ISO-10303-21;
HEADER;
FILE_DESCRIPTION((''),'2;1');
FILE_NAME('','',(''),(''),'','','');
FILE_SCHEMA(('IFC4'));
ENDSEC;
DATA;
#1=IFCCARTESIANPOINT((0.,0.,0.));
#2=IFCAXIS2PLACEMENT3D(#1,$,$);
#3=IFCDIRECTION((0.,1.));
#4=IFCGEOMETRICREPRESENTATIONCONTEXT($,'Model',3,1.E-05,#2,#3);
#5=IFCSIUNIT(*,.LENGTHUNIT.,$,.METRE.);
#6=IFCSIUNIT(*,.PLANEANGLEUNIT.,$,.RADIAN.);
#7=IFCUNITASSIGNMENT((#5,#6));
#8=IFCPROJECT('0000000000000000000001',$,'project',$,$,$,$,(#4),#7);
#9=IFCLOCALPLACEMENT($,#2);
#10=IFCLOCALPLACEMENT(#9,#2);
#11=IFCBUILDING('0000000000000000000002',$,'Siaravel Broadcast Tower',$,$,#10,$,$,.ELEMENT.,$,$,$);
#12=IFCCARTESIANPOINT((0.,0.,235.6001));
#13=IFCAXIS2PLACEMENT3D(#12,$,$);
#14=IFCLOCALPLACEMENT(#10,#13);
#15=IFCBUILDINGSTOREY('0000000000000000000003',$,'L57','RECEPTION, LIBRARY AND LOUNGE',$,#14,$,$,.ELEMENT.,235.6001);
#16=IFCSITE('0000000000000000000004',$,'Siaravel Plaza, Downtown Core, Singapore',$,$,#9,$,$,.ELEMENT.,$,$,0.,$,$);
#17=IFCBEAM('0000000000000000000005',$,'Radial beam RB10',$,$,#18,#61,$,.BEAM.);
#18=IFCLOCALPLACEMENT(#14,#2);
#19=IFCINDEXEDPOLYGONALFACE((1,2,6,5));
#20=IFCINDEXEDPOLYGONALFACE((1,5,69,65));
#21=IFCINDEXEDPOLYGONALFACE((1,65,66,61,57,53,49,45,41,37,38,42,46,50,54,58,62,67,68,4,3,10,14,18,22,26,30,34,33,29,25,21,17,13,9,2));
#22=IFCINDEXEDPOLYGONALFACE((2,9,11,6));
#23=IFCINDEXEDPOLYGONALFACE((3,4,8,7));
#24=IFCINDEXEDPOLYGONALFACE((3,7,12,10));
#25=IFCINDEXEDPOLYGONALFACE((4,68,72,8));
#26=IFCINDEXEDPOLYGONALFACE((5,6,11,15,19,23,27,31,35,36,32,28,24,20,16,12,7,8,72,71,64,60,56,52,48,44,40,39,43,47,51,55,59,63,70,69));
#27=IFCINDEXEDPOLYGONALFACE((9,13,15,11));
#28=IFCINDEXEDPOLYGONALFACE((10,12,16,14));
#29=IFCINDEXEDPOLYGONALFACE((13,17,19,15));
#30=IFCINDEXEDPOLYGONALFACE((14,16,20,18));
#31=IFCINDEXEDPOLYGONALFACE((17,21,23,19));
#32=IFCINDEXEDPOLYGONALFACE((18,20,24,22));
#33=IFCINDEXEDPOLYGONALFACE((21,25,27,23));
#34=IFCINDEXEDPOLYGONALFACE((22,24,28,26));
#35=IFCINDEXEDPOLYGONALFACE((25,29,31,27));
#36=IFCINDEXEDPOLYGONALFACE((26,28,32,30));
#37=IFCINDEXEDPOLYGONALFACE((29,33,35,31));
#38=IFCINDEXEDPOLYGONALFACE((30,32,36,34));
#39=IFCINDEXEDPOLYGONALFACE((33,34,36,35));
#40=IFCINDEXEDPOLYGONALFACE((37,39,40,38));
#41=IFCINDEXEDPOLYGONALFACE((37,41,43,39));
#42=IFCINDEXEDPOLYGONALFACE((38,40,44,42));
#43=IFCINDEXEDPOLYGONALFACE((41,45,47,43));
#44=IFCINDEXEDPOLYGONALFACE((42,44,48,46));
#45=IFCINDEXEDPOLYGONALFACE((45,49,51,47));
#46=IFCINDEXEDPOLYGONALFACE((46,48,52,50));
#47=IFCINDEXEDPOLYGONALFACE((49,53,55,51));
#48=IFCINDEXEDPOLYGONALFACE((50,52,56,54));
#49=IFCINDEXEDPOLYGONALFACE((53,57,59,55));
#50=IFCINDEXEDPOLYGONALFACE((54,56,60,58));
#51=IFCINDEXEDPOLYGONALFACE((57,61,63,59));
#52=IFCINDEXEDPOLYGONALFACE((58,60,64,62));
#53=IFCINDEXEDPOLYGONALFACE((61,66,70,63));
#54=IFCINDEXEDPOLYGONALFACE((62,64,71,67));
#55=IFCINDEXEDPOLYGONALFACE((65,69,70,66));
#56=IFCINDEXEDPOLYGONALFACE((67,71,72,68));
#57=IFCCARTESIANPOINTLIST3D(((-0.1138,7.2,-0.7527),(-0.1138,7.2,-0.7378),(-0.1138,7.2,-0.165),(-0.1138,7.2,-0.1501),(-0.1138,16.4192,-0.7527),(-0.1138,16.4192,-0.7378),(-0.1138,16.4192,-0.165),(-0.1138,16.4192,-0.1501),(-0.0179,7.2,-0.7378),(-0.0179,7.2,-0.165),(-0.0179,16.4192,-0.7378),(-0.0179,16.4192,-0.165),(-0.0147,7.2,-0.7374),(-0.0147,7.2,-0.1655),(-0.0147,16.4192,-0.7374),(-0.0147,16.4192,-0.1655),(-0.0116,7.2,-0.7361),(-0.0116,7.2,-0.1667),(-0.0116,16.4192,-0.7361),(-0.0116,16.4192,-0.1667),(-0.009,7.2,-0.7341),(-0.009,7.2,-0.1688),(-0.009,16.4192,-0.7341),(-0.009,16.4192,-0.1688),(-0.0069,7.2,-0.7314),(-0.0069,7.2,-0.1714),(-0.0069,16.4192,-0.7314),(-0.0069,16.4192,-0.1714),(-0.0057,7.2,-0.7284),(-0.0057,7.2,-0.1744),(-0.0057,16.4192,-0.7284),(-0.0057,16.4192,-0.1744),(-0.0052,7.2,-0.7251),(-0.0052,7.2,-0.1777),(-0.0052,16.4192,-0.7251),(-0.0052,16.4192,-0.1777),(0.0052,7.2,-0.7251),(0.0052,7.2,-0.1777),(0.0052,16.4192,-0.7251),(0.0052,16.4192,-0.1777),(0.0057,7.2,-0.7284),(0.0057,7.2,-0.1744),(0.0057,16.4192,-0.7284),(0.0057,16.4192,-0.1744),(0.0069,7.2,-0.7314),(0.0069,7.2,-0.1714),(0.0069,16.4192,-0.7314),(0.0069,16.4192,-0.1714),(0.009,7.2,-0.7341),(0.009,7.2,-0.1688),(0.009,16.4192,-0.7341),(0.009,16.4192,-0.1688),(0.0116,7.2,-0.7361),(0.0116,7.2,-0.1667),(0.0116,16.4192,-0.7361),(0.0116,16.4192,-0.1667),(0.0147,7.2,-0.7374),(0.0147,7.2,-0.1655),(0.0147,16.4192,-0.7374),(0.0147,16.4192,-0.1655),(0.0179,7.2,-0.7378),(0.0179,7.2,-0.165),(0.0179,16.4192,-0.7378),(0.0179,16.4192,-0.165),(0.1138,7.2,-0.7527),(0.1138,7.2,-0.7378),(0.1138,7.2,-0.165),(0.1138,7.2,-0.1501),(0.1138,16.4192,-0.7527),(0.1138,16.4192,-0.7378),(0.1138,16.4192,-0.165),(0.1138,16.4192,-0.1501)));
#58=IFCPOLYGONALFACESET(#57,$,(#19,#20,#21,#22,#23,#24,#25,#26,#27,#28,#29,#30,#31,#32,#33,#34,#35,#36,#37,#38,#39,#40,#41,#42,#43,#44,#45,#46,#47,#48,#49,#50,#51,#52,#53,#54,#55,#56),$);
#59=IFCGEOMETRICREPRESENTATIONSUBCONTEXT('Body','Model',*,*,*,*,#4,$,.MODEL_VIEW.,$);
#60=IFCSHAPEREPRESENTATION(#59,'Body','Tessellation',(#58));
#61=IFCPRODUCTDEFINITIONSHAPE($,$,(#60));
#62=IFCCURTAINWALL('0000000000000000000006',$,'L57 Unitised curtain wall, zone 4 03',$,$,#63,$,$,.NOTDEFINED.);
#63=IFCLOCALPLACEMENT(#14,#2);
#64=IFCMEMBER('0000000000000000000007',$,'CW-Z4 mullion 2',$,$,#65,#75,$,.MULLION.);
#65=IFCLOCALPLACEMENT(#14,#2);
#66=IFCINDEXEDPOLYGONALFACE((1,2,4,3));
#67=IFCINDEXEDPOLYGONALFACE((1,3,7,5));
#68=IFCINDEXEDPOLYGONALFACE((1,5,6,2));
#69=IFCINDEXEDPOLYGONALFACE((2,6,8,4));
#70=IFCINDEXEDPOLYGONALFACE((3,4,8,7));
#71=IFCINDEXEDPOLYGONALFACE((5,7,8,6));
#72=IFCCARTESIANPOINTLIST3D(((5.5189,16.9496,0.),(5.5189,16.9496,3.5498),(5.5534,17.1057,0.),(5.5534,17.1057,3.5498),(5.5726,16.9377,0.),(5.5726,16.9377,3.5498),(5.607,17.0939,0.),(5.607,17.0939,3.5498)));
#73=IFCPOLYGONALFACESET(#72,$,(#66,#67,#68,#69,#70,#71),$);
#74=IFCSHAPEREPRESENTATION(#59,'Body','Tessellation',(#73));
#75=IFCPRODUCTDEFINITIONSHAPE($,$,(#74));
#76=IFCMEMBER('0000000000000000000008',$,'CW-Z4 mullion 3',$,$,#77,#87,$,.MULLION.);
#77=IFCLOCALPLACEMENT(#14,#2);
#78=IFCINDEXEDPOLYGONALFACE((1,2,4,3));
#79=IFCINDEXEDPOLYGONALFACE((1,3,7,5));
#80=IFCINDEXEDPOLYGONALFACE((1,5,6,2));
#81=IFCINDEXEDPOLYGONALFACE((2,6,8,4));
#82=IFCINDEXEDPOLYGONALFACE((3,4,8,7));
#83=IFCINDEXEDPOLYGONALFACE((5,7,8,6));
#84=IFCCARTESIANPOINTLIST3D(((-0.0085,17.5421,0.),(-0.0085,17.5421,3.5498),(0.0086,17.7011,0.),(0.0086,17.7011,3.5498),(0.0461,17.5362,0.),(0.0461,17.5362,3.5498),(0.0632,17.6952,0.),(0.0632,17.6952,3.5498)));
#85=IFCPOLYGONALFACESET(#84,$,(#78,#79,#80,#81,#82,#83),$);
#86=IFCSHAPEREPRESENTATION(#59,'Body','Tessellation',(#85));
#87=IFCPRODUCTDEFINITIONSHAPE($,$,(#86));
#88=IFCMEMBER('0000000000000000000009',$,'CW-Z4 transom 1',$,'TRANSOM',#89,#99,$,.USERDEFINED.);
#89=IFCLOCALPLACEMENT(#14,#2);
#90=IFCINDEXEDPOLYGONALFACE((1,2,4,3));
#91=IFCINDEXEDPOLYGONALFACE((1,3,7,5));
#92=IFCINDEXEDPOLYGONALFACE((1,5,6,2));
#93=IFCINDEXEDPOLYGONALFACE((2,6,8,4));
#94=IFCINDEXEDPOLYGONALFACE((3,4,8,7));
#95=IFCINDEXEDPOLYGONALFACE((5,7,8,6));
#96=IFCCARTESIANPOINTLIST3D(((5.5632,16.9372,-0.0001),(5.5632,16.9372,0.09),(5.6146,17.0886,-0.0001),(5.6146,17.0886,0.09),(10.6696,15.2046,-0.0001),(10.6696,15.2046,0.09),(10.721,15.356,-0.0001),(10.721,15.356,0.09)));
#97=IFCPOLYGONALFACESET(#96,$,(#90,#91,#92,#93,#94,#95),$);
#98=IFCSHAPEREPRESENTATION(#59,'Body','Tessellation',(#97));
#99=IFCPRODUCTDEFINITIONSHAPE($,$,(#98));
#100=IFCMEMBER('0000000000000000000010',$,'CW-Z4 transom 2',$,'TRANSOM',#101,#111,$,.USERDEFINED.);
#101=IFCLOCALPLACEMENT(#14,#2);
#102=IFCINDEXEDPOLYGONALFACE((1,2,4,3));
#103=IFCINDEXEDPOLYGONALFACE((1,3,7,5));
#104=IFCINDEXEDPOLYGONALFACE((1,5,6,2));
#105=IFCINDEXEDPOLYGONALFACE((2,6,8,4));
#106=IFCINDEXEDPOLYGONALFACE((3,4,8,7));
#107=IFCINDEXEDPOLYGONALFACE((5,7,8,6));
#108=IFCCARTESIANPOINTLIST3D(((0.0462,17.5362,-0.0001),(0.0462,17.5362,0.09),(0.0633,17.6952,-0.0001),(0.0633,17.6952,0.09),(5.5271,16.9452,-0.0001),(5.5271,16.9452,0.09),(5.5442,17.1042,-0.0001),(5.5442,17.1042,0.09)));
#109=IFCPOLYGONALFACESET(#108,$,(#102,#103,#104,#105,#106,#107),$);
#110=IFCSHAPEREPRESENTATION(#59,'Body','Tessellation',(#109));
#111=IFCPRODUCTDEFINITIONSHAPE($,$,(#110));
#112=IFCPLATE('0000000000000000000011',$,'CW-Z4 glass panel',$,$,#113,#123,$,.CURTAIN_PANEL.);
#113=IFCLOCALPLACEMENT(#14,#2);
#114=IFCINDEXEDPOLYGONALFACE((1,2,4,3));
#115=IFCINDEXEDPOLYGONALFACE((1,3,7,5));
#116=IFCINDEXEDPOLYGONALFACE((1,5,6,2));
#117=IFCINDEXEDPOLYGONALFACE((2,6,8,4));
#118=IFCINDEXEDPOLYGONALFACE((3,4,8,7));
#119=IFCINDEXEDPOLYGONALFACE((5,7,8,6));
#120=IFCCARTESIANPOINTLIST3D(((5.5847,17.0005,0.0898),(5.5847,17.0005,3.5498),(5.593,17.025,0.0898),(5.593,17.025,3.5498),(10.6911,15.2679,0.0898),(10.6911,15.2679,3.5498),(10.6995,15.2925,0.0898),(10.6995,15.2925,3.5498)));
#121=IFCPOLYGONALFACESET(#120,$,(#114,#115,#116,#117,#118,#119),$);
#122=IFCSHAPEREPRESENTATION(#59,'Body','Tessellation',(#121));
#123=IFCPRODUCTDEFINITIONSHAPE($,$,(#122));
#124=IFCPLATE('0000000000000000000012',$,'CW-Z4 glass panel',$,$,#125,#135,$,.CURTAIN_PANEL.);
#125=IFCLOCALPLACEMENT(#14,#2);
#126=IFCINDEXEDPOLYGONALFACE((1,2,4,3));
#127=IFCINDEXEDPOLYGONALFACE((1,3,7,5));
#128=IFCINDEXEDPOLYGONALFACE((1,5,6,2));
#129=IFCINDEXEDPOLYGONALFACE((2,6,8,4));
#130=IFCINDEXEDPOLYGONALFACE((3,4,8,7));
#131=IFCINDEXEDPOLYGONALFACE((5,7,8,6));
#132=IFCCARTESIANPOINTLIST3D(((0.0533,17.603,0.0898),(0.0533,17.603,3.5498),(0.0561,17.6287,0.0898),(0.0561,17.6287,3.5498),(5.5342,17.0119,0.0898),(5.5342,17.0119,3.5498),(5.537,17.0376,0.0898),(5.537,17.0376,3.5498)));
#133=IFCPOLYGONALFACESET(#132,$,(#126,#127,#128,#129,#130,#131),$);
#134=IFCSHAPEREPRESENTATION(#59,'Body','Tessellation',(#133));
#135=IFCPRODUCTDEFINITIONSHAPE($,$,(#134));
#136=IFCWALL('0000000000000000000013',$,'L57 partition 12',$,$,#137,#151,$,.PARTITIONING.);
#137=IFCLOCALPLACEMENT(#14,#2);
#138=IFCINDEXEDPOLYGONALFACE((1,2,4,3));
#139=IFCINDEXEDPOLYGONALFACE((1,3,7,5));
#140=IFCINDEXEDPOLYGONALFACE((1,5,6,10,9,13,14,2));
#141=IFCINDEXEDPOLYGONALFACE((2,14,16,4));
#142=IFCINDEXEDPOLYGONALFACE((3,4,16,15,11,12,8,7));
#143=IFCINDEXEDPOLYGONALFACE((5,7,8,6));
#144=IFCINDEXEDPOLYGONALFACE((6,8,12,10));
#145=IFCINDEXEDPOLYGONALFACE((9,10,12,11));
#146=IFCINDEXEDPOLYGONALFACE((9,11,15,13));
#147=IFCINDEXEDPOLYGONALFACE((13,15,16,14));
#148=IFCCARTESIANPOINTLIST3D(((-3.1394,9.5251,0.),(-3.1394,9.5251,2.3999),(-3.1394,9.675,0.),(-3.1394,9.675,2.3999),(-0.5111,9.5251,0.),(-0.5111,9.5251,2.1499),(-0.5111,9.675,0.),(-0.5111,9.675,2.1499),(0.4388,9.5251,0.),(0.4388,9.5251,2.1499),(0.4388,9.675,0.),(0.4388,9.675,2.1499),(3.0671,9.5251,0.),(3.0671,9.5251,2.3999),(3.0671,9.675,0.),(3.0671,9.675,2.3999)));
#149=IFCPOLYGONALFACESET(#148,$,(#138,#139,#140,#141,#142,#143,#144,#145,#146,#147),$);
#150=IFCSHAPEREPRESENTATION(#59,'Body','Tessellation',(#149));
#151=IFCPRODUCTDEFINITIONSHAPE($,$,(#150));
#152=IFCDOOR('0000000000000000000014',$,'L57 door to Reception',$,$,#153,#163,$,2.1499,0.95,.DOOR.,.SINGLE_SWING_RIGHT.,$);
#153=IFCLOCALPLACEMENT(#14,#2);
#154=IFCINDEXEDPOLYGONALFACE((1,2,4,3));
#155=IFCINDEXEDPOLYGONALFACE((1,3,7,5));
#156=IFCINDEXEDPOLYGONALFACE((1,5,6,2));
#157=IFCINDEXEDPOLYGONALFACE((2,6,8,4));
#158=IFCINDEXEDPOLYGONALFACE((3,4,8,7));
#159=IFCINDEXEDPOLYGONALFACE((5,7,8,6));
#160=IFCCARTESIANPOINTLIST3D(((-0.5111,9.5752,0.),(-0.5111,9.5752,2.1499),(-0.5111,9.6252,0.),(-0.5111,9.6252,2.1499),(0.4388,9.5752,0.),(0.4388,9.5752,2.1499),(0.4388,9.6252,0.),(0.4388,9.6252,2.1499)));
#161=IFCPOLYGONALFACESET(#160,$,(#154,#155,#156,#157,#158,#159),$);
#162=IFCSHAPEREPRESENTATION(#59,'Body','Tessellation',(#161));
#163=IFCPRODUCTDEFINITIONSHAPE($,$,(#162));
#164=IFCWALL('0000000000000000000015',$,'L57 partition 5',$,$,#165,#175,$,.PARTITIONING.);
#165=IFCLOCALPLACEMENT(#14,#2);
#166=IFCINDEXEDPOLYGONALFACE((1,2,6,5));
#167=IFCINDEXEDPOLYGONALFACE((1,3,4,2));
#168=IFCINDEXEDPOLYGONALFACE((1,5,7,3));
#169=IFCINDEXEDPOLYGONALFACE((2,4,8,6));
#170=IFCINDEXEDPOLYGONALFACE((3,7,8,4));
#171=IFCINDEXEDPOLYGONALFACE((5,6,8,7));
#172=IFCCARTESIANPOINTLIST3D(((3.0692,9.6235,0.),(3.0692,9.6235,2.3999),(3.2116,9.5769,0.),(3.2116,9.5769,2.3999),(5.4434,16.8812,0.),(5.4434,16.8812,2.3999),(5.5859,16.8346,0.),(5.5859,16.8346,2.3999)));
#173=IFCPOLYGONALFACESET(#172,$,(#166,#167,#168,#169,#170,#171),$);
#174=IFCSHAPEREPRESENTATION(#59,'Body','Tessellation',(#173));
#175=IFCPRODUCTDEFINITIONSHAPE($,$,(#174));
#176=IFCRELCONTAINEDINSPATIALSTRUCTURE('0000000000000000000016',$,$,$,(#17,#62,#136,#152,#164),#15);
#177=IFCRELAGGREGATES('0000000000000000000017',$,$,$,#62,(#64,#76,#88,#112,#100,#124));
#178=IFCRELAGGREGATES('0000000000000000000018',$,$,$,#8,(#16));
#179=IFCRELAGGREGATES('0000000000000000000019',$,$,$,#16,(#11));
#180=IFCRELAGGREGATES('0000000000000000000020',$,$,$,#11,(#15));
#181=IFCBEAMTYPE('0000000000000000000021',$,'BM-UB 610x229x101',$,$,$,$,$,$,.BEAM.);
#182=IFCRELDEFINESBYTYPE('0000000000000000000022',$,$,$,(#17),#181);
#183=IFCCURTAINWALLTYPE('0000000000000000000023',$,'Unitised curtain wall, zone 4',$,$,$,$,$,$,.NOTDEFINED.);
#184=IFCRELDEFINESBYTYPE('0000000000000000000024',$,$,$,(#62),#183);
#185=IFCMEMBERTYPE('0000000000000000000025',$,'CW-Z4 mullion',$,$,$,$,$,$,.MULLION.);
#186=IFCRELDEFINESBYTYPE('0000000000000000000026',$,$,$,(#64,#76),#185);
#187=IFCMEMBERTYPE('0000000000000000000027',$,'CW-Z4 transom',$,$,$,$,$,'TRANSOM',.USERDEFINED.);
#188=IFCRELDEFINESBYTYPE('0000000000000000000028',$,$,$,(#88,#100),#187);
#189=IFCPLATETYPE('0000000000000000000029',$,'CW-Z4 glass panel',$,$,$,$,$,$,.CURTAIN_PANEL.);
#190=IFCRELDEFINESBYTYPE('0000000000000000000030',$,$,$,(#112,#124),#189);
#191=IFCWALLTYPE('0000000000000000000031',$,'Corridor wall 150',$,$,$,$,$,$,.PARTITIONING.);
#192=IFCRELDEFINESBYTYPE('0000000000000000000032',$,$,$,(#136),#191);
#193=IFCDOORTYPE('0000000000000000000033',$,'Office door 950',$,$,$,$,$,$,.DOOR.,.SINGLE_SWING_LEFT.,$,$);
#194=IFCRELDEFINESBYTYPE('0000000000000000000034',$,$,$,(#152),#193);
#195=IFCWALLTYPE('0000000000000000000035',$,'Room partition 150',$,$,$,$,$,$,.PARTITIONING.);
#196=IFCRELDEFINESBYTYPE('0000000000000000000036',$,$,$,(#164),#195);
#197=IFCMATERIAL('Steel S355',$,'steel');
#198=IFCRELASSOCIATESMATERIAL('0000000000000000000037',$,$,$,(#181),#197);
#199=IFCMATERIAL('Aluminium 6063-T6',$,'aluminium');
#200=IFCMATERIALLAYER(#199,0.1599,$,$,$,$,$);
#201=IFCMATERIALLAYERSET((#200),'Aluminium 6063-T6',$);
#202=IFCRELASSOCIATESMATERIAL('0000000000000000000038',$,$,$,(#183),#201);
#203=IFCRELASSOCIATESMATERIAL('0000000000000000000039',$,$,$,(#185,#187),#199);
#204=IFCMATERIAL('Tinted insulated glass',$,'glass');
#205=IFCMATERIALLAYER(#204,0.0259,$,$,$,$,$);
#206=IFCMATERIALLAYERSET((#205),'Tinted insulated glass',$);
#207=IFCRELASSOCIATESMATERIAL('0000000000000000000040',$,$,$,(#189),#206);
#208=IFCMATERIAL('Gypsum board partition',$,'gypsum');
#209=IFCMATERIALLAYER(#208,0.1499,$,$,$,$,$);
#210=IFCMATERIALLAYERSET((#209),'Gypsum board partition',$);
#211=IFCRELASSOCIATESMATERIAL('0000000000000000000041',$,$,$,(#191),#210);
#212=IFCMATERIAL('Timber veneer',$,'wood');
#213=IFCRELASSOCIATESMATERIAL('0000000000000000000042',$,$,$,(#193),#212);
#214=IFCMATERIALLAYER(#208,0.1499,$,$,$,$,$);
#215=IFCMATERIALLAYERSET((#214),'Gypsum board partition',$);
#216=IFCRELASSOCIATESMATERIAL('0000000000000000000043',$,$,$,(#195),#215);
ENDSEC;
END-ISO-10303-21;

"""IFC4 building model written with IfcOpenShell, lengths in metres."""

from ifc_helpers import new_model, si_unit, direction, frame, frame_2d, origin, origin_2d, place, context, subcontext, project, spatial, rectangle, i_section, extrude, material, layer, layer_set, material_profile, profile_set, type_object, element, fill, aggregate, save


model = new_model("IFC4")

# Units and contexts
model_context = context("Model", 3, precision=1e-05, world=origin(), true_north=direction((0.0, 1.0)))
body_context = subcontext(model_context, "Body", "Model", "MODEL_VIEW")
ifc_project = project(units=[si_unit("LENGTHUNIT", "METRE"), si_unit("PLANEANGLEUNIT", "RADIAN")], contexts=[model_context])

# Site, building, storey
site_placement = place(None, origin())
site = spatial("IfcSite", under=ifc_project, at=site_placement, Name="Siaravel Plaza, Downtown Core, Singapore", CompositionType="ELEMENT", RefElevation=0.0)
building_placement = place(site_placement, origin())
building = spatial("IfcBuilding", under=site, at=building_placement, Name="Siaravel Broadcast Tower", CompositionType="ELEMENT")
storey_placement = place(building_placement, frame((0.0, 0.0, 235.6001)))
storey = spatial("IfcBuildingStorey", under=building, at=storey_placement, Name="L57", Description="RECEPTION, LIBRARY AND LOUNGE", CompositionType="ELEMENT", Elevation=235.6001)

# Beam
ifc_material_1 = material(Name="Steel S355", Category="steel")
ifc_material_profile_1 = material_profile(ifc_material_1, i_section(OverallWidth=0.2275, OverallDepth=0.6025, WebThickness=0.0105, FlangeThickness=0.0149, FilletRadius=0.0127, at=origin_2d()))
ifc_profile_set_1 = profile_set([ifc_material_profile_1], Name="Steel S355")
beam_type = type_object("IfcBeamType", Name="BM-UB 610x229x101", PredefinedType="BEAM", material=ifc_profile_set_1)
beam_1_placement = place(storey_placement, frame((0.0, 16.4192, -0.4514), z_axis=(0.0, -1.0, 0.0), x_axis=(1.0, 0.0, 0.0)))
element("IfcBeam", 1, at=beam_1_placement, inside=storey, type_object=beam_type, Name="Radial beam RB10", PredefinedType="BEAM", context=body_context, shape_type="SweptSolid", body=[
    extrude(i_section(OverallWidth=0.2275, OverallDepth=0.6025, WebThickness=0.0105, FlangeThickness=0.0149, FilletRadius=0.0127, at=origin_2d()), origin(), (0.0, 0.0, 1.0), 9.2192),
])

# Curtain wall, members, plates
ifc_material_2 = material(Name="Aluminium 6063-T6", Category="aluminium")
ifc_layer_1 = layer(ifc_material_2, 0.1599)
ifc_layer_set_1 = layer_set([ifc_layer_1], Name="Aluminium 6063-T6")
curtain_wall_type = type_object("IfcCurtainWallType", Name="Unitised curtain wall, zone 4", PredefinedType="NOTDEFINED", material=ifc_layer_set_1)
curtain_wall_placement = place(storey_placement, origin())
curtain_wall = element("IfcCurtainWall", 2, at=curtain_wall_placement, inside=storey, type_object=curtain_wall_type, Name="L57 Unitised curtain wall, zone 4 03", PredefinedType="NOTDEFINED")
ifc_material_profile_2 = material_profile(ifc_material_2, rectangle(XDim=0.1599, YDim=0.0549, at=origin_2d()))
ifc_profile_set_2 = profile_set([ifc_material_profile_2], Name="Aluminium 6063-T6")
member_type_1 = type_object("IfcMemberType", Name="CW-Z4 mullion", PredefinedType="MULLION", material=ifc_profile_set_2)
member_1_placement = place(storey_placement, frame((5.563, 17.0217, 0.0), z_axis=(0.0, 0.0, 1.0), x_axis=(-0.215559, -0.976491, 0.0)))
member_1 = element("IfcMember", 3, at=member_1_placement, type_object=member_type_1, Name="CW-Z4 mullion 2", PredefinedType="MULLION", context=body_context, shape_type="SweptSolid", body=[
    extrude(rectangle(XDim=0.1599, YDim=0.0549, at=origin_2d()), origin(), (0.0, 0.0, 1.0), 3.5498),
])
member_2_placement = place(storey_placement, frame((0.0273, 17.6187, 0.0), z_axis=(0.0, 0.0, 1.0), x_axis=(-0.107218, -0.994236, 0.0)))
member_2 = element("IfcMember", 4, at=member_2_placement, type_object=member_type_1, Name="CW-Z4 mullion 3", PredefinedType="MULLION", context=body_context, shape_type="SweptSolid", body=[
    extrude(rectangle(XDim=0.1599, YDim=0.0549, at=origin_2d()), origin(), (0.0, 0.0, 1.0), 3.5498),
])
ifc_material_profile_3 = material_profile(ifc_material_2, rectangle(XDim=0.1599, YDim=0.0901, at=origin_2d()))
ifc_profile_set_3 = profile_set([ifc_material_profile_3], Name="Aluminium 6063-T6")
member_type_2 = type_object("IfcMemberType", Name="CW-Z4 transom", ElementType="TRANSOM", PredefinedType="USERDEFINED", material=ifc_profile_set_3)
member_3_placement = place(storey_placement, frame((10.6953, 15.2803, 0.0449), z_axis=(-0.946972, 0.321317, 0.0), x_axis=(-0.321317, -0.946972, 0.0)))
member_3 = element("IfcMember", 5, at=member_3_placement, type_object=member_type_2, Name="CW-Z4 transom 1", ObjectType="TRANSOM", PredefinedType="USERDEFINED", context=body_context, shape_type="SweptSolid", body=[
    extrude(rectangle(XDim=0.1599, YDim=0.0901, at=origin_2d()), origin(), (0.0, 0.0, 1.0), 5.3923),
])
member_4_placement = place(storey_placement, frame((5.5356, 17.0247, 0.0449), z_axis=(-0.994236, 0.107218, 0.0), x_axis=(-0.107218, -0.994236, 0.0)))
member_4 = element("IfcMember", 6, at=member_4_placement, type_object=member_type_2, Name="CW-Z4 transom 2", ObjectType="TRANSOM", PredefinedType="USERDEFINED", context=body_context, shape_type="SweptSolid", body=[
    extrude(rectangle(XDim=0.1599, YDim=0.0901, at=origin_2d()), origin(), (0.0, 0.0, 1.0), 5.5127),
])
ifc_material_3 = material(Name="Tinted insulated glass", Category="glass")
ifc_layer_2 = layer(ifc_material_3, 0.0259)
ifc_layer_set_2 = layer_set([ifc_layer_2], Name="Tinted insulated glass")
plate_type = type_object("IfcPlateType", Name="CW-Z4 glass panel", PredefinedType="CURTAIN_PANEL", material=ifc_layer_set_2)
plate_1_placement = place(storey_placement, frame((8.1421, 16.1465, 0.0898), z_axis=(0.0, 0.0, 1.0), x_axis=(-0.946977, 0.321301, 0.0)))
plate_1 = element("IfcPlate", 7, at=plate_1_placement, type_object=plate_type, Name="CW-Z4 glass panel", PredefinedType="CURTAIN_PANEL", context=body_context, shape_type="SweptSolid", body=[
    extrude(rectangle(XDim=5.3923, YDim=0.0259, at=origin_2d()), origin(), (0.0, 0.0, 1.0), 3.46),
])
plate_2_placement = place(storey_placement, frame((2.7952, 17.3203, 0.0898), z_axis=(0.0, 0.0, 1.0), x_axis=(-0.994236, 0.107218, 0.0)))
plate_2 = element("IfcPlate", 8, at=plate_2_placement, type_object=plate_type, Name="CW-Z4 glass panel", PredefinedType="CURTAIN_PANEL", context=body_context, shape_type="SweptSolid", body=[
    extrude(rectangle(XDim=5.5127, YDim=0.0259, at=origin_2d()), origin(), (0.0, 0.0, 1.0), 3.46),
])
aggregate(curtain_wall, [member_1, member_2, member_3, plate_1, member_4, plate_2])

# Wall, opening, door
ifc_material_4 = material(Name="Gypsum board partition", Category="gypsum")
ifc_layer_3 = layer(ifc_material_4, 0.1499)
ifc_layer_set_3 = layer_set([ifc_layer_3], Name="Gypsum board partition")
wall_type_1 = type_object("IfcWallType", Name="Corridor wall 150", PredefinedType="PARTITIONING", material=ifc_layer_set_3)
wall_1_placement = place(storey_placement, frame((3.0671, 9.6001, 0.0), z_axis=(0.0, 0.0, 1.0), x_axis=(-1.0, 0.0, 0.0)))
wall_1 = element("IfcWall", 9, at=wall_1_placement, inside=storey, type_object=wall_type_1, Name="L57 partition 12", PredefinedType="PARTITIONING", context=body_context, shape_type="SweptSolid", body=[
    extrude(rectangle(XDim=6.2065, YDim=0.1499, at=frame_2d((3.1033, 0.0))), origin(), (0.0, 0.0, 1.0), 2.3999),
])
opening_1_placement = place(wall_1_placement, frame((2.6282, 0.0, 0.0)))
opening_1 = element("IfcOpeningElement", 10, at=opening_1_placement, cuts=wall_1, PredefinedType="OPENING", context=body_context, shape_type="SweptSolid", body=[
    extrude(rectangle(XDim=0.95, YDim=2.1499, at=frame_2d((0.4751, 1.075))), frame((0.0, 0.085, 0.0), z_axis=(0.0, -1.0, 0.0), x_axis=(1.0, 0.0, 0.0)), (0.0, 0.0, 1.0), 0.1699),
])
ifc_material_5 = material(Name="Timber veneer", Category="wood")
door_type_1 = type_object("IfcDoorType", Name="Office door 950", OperationType="SINGLE_SWING_LEFT", PredefinedType="DOOR", material=ifc_material_5)
door_1_placement = place(opening_1_placement, origin())
door_1 = element("IfcDoor", 11, at=door_1_placement, inside=storey, type_object=door_type_1, Name="L57 door to Reception", OperationType="SINGLE_SWING_RIGHT", OverallHeight=2.1499, OverallWidth=0.95, PredefinedType="DOOR", context=body_context, shape_type="SweptSolid", body=[
    extrude(rectangle(XDim=0.95, YDim=2.1499, at=frame_2d((0.4751, 1.075))), frame((0.0, 0.0249, 0.0), z_axis=(0.0, -1.0, 0.0), x_axis=(1.0, 0.0, 0.0)), (0.0, 0.0, 1.0), 0.05),
])
fill(opening_1, door_1)

# Wall
ifc_layer_4 = layer(ifc_material_4, 0.1499)
ifc_layer_set_4 = layer_set([ifc_layer_4], Name="Gypsum board partition")
wall_type_2 = type_object("IfcWallType", Name="Room partition 150", PredefinedType="PARTITIONING", material=ifc_layer_set_4)
wall_2_placement = place(storey_placement, frame((5.5146, 16.8579, 0.0), z_axis=(0.0, 0.0, 1.0), x_axis=(-0.310919, -0.950436, 0.0)))
element("IfcWall", 12, at=wall_2_placement, inside=storey, type_object=wall_type_2, Name="L57 partition 5", PredefinedType="PARTITIONING", context=body_context, shape_type="SweptSolid", body=[
    extrude(rectangle(XDim=7.6362, YDim=0.1499, at=frame_2d((3.8181, 0.0))), origin(), (0.0, 0.0, 1.0), 2.3999),
])

save(model, "model.ifc")
